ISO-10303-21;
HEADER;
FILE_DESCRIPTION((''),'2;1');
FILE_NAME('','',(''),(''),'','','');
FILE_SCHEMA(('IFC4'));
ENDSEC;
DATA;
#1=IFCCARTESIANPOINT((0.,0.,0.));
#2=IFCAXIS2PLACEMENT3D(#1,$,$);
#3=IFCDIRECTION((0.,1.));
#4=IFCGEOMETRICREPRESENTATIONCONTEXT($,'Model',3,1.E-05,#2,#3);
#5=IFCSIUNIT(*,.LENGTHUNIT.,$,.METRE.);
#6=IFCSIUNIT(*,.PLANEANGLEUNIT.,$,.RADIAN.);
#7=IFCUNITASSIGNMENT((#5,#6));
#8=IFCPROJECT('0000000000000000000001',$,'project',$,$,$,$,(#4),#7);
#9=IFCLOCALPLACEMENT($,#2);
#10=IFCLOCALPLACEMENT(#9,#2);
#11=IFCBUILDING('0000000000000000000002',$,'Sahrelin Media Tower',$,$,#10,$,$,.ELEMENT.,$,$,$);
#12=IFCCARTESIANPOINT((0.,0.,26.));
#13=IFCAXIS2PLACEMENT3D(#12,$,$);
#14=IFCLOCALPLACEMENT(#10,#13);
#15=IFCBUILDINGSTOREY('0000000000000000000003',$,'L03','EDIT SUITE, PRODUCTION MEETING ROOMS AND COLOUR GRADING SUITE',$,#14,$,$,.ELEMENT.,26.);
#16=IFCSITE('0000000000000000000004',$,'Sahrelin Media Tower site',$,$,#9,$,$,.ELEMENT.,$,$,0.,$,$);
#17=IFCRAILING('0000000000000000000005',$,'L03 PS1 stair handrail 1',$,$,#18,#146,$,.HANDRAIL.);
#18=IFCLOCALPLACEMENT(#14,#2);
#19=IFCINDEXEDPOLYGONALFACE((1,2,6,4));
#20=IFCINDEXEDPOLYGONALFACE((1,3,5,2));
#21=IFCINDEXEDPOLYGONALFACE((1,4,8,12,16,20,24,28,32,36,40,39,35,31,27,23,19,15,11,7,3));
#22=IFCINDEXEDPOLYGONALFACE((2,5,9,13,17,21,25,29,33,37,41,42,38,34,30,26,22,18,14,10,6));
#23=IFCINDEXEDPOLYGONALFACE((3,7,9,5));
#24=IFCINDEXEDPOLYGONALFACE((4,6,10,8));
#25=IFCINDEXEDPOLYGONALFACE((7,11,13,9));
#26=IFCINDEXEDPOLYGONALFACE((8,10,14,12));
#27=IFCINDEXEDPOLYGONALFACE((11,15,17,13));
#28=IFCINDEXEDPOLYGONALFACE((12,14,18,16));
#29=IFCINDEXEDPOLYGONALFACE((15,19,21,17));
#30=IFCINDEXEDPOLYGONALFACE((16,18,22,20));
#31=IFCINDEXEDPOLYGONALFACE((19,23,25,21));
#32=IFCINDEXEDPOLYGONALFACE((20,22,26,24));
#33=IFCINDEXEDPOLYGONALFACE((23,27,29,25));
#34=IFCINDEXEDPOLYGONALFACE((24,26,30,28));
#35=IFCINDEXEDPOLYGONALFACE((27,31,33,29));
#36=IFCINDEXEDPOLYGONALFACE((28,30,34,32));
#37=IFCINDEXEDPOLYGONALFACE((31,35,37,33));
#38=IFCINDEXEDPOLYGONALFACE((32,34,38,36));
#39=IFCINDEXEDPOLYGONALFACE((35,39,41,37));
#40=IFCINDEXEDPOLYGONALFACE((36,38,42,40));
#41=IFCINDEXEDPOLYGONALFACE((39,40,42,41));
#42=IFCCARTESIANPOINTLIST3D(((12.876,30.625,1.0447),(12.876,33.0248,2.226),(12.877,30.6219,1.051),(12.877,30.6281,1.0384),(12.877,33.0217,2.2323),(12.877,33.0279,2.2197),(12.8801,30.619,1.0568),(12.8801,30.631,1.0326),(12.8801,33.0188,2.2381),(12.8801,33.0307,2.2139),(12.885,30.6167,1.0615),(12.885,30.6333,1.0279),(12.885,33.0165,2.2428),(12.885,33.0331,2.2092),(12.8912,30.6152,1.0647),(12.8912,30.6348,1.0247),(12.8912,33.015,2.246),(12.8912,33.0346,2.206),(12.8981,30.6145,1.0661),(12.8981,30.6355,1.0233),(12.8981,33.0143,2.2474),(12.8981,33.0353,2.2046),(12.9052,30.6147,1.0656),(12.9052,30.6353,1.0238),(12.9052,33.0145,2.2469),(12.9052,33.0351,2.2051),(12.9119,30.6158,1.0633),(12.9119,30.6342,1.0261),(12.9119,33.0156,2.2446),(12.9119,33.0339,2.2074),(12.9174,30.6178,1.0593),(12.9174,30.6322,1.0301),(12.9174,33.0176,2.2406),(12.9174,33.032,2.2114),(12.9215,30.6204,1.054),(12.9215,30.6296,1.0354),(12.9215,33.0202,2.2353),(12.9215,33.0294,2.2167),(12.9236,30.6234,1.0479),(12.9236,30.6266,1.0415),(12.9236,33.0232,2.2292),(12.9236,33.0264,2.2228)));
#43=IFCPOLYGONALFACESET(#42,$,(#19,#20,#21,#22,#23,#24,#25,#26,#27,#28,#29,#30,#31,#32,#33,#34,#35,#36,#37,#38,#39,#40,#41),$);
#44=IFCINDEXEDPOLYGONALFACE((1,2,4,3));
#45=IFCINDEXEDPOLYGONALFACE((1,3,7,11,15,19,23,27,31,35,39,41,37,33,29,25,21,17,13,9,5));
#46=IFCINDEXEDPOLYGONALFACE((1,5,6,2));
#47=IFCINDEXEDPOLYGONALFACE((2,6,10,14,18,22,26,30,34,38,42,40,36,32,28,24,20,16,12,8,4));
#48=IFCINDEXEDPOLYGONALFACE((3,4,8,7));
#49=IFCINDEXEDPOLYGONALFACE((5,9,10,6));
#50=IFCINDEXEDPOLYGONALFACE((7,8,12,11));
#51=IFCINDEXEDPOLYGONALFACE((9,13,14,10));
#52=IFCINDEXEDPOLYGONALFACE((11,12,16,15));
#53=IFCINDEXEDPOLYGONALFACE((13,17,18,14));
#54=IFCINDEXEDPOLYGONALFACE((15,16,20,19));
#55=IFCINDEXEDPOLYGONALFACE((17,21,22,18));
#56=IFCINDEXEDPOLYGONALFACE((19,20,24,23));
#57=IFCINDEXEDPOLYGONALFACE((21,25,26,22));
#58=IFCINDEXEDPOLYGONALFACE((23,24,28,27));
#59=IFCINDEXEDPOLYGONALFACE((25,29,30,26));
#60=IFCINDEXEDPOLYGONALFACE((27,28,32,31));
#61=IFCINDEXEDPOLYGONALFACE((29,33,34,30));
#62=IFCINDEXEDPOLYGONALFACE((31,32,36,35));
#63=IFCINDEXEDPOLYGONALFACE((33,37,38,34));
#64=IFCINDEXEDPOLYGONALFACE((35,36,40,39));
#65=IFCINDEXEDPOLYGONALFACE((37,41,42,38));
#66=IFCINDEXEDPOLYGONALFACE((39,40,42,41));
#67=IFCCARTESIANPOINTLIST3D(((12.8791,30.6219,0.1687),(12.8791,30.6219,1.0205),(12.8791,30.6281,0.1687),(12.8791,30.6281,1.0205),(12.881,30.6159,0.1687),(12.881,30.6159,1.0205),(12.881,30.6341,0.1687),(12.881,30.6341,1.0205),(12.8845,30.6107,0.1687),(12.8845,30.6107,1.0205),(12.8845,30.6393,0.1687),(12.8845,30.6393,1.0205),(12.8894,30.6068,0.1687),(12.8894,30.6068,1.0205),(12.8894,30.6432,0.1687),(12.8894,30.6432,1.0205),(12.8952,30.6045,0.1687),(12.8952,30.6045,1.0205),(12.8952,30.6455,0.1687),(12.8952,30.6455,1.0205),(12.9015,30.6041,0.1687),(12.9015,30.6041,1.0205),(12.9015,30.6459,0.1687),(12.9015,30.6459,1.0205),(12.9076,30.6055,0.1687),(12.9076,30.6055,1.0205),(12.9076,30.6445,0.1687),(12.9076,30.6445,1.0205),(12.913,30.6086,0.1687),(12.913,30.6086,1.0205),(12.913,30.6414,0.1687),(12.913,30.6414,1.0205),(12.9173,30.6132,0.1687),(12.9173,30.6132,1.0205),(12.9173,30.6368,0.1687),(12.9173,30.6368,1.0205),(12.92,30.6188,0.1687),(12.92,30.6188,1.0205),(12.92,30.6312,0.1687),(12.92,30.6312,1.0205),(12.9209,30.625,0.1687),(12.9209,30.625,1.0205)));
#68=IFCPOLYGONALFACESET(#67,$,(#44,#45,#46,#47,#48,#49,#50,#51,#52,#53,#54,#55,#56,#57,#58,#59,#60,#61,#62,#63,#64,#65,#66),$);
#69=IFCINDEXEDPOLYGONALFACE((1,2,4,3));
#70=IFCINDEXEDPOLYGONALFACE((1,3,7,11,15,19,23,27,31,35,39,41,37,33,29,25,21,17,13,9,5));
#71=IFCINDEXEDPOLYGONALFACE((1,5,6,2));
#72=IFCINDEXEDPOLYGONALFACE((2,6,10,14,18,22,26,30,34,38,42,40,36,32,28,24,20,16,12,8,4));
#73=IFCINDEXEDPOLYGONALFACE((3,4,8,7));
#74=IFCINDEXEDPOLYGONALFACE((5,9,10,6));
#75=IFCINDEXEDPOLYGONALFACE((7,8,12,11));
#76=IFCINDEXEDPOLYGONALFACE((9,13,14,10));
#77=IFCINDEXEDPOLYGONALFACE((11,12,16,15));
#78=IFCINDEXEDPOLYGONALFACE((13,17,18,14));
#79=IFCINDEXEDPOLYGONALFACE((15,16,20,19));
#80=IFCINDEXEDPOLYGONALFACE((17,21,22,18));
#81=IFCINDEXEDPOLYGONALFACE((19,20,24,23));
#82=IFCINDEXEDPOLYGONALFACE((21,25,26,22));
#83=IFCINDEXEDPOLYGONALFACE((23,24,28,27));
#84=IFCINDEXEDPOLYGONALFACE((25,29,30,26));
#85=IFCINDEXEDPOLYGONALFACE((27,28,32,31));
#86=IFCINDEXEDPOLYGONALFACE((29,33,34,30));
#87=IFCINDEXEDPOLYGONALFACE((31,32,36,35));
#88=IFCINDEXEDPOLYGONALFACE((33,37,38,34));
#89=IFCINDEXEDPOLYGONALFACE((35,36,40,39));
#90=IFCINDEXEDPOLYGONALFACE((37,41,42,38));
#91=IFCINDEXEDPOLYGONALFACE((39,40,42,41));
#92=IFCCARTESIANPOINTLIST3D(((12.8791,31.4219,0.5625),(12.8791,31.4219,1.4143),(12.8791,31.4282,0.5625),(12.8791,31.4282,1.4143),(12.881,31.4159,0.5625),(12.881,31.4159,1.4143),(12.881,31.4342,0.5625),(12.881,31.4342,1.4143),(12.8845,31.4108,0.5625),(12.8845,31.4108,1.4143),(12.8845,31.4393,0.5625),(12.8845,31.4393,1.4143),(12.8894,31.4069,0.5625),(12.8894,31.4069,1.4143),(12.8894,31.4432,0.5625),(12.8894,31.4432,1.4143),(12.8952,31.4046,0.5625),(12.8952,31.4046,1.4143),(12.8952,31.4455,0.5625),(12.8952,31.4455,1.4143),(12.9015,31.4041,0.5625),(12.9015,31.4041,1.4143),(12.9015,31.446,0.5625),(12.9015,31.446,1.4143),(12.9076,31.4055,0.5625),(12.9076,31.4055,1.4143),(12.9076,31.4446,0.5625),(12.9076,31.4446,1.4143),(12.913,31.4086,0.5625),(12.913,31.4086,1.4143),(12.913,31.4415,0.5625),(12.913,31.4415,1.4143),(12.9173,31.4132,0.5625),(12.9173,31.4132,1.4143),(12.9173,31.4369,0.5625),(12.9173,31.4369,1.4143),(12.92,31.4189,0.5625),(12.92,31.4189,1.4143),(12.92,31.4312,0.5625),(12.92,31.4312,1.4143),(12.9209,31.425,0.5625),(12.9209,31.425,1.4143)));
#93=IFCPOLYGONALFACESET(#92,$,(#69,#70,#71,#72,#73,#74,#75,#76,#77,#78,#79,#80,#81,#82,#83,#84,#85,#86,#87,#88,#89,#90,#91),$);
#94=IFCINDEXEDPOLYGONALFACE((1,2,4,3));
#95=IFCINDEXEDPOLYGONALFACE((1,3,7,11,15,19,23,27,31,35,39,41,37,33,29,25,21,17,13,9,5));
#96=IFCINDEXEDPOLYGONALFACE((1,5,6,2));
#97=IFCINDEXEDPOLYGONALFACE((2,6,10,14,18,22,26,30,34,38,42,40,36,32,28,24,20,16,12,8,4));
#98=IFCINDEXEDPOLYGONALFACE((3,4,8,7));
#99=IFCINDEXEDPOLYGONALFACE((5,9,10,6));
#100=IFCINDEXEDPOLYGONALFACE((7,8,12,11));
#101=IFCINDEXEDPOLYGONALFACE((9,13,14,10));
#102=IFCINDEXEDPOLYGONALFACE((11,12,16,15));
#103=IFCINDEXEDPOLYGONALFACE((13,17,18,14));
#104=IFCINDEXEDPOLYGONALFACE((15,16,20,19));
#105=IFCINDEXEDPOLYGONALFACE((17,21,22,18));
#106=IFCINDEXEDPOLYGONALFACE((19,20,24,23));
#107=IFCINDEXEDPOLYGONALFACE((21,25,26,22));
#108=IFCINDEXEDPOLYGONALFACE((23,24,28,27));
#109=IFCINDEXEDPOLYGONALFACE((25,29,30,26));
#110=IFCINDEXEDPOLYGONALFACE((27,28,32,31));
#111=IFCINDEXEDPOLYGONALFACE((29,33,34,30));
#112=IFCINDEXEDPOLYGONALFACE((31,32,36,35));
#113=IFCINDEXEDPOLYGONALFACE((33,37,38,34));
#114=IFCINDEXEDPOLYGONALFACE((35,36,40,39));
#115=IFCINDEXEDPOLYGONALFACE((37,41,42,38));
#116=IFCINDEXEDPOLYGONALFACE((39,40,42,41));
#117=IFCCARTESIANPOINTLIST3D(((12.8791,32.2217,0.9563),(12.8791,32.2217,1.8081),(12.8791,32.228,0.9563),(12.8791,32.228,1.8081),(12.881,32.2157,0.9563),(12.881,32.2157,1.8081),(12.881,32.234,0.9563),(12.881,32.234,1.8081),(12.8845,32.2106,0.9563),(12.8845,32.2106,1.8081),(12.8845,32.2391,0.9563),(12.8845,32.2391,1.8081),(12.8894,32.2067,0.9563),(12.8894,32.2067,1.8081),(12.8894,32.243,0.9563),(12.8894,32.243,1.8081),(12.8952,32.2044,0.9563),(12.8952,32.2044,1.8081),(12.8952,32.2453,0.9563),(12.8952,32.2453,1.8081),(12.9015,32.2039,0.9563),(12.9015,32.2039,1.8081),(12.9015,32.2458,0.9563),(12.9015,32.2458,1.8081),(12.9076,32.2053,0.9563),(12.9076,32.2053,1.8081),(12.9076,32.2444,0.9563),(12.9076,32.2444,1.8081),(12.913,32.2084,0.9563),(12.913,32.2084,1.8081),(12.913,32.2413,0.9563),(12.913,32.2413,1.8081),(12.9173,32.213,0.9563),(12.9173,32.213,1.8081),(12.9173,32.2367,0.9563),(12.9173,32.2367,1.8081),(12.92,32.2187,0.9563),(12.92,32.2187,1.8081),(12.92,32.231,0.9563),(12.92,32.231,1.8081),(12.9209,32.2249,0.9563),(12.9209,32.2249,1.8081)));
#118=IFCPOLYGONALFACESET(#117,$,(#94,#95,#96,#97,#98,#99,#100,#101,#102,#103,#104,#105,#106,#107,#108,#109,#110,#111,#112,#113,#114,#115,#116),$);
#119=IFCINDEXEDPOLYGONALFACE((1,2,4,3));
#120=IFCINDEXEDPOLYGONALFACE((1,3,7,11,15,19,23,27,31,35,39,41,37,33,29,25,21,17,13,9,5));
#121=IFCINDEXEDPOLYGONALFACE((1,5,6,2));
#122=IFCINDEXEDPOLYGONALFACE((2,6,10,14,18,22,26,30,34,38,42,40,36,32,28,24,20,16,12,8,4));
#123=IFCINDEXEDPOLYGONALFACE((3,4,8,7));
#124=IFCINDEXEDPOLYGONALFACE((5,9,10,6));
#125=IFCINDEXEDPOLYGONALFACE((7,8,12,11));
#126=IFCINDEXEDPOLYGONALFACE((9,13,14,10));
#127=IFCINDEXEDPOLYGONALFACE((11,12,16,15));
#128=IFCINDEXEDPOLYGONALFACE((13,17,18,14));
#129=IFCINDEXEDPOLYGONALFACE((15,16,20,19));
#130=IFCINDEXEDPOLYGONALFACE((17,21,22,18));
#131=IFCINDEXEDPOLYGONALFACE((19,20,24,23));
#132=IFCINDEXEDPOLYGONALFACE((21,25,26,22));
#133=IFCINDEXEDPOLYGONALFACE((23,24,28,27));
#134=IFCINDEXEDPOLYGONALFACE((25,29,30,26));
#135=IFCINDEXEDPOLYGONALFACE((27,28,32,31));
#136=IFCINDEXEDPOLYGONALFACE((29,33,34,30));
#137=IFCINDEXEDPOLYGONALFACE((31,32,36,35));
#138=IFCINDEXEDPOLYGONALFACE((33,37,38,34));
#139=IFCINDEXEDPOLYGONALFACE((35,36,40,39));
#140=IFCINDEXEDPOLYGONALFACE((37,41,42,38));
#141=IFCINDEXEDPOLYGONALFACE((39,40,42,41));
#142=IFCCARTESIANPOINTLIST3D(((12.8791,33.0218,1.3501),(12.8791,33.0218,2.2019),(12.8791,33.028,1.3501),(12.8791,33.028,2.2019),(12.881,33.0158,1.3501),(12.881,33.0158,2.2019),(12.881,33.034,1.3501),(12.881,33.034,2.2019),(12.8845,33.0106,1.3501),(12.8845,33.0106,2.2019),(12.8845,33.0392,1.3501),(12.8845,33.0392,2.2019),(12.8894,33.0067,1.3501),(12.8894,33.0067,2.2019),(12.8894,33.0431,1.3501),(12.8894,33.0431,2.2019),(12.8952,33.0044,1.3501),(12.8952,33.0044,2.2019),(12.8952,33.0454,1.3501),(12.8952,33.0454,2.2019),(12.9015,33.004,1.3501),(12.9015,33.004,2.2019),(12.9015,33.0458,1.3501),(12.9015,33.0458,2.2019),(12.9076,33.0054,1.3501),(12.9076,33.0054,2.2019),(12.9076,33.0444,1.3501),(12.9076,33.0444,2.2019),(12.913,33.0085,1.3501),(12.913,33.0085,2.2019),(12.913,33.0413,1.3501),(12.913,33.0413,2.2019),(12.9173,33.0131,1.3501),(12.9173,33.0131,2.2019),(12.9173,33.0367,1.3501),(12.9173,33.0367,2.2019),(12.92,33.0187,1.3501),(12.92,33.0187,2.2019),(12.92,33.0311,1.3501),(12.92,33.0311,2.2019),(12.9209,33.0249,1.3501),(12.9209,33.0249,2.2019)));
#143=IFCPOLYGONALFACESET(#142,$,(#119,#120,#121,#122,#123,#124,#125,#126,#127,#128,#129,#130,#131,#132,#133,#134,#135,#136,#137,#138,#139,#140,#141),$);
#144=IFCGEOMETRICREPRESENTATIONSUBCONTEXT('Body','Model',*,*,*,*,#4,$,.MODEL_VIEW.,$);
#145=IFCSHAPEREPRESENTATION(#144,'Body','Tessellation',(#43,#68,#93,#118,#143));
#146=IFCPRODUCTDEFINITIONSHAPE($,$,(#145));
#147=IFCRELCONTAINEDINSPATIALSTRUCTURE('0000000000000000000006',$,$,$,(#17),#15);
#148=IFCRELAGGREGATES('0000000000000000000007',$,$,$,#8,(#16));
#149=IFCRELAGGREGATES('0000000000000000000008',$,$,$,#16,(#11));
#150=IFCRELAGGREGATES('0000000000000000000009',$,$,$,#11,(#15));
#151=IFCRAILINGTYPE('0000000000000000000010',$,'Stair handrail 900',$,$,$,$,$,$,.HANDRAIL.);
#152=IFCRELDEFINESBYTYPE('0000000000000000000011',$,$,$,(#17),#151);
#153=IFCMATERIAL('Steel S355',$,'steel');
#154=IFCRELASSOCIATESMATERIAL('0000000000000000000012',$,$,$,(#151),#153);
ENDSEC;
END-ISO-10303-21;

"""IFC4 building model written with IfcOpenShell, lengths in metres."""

from ifc_helpers import new_model, si_unit, direction, frame, origin, origin_2d, place, context, subcontext, project, spatial, circle, extrude, material, type_object, element, save


model = new_model("IFC4")

# Units and contexts
model_context = context("Model", 3, precision=1e-05, world=origin(), true_north=direction((0.0, 1.0)))
body_context = subcontext(model_context, "Body", "Model", "MODEL_VIEW")
ifc_project = project(units=[si_unit("LENGTHUNIT", "METRE"), si_unit("PLANEANGLEUNIT", "RADIAN")], contexts=[model_context])

# Site, building, storey
site_placement = place(None, origin())
site = spatial("IfcSite", under=ifc_project, at=site_placement, Name="Sahrelin Media Tower site", CompositionType="ELEMENT", RefElevation=0.0)
building_placement = place(site_placement, origin())
building = spatial("IfcBuilding", under=site, at=building_placement, Name="Sahrelin Media Tower", CompositionType="ELEMENT")
storey_placement = place(building_placement, frame((0.0, 0.0, 26.0)))
storey = spatial("IfcBuildingStorey", under=building, at=storey_placement, Name="L03", Description="EDIT SUITE, PRODUCTION MEETING ROOMS AND COLOUR GRADING SUITE", CompositionType="ELEMENT", Elevation=26.0)

# Shared definitions
ifc_material_1 = material(Name="Steel S355", Category="steel")

# Railing
railing_type_1 = type_object("IfcRailingType", Name="Stair handrail 900", PredefinedType="HANDRAIL", material=ifc_material_1)
railing_1_placement = place(storey_placement, frame((12.8999, 30.625, 0.1687)))
element("IfcRailing", 1, at=railing_1_placement, inside=storey, type_object=railing_type_1, Name="L03 PS1 stair handrail 1", PredefinedType="HANDRAIL", context=body_context, shape_type="SweptSolid", body=[
    extrude(circle(Radius=0.0239, at=origin_2d()), frame((0.0, 0.0, 0.876), z_axis=(0.0, 0.897185, 0.441656), x_axis=(-1.0, 0.0, 0.0)), (0.0, 0.0, 1.0), 2.6748),
    extrude(circle(Radius=0.021, at=origin_2d()), origin(), (0.0, 0.0, 1.0), 0.8518),
    extrude(circle(Radius=0.021, at=origin_2d()), frame((0.0, 0.8, 0.3938)), (0.0, 0.0, 1.0), 0.8518),
    extrude(circle(Radius=0.021, at=origin_2d()), frame((0.0, 1.5999, 0.7876)), (0.0, 0.0, 1.0), 0.8518),
    extrude(circle(Radius=0.021, at=origin_2d()), frame((0.0, 2.3999, 1.1814)), (0.0, 0.0, 1.0), 0.8518),
])

save(model, "model.ifc")
